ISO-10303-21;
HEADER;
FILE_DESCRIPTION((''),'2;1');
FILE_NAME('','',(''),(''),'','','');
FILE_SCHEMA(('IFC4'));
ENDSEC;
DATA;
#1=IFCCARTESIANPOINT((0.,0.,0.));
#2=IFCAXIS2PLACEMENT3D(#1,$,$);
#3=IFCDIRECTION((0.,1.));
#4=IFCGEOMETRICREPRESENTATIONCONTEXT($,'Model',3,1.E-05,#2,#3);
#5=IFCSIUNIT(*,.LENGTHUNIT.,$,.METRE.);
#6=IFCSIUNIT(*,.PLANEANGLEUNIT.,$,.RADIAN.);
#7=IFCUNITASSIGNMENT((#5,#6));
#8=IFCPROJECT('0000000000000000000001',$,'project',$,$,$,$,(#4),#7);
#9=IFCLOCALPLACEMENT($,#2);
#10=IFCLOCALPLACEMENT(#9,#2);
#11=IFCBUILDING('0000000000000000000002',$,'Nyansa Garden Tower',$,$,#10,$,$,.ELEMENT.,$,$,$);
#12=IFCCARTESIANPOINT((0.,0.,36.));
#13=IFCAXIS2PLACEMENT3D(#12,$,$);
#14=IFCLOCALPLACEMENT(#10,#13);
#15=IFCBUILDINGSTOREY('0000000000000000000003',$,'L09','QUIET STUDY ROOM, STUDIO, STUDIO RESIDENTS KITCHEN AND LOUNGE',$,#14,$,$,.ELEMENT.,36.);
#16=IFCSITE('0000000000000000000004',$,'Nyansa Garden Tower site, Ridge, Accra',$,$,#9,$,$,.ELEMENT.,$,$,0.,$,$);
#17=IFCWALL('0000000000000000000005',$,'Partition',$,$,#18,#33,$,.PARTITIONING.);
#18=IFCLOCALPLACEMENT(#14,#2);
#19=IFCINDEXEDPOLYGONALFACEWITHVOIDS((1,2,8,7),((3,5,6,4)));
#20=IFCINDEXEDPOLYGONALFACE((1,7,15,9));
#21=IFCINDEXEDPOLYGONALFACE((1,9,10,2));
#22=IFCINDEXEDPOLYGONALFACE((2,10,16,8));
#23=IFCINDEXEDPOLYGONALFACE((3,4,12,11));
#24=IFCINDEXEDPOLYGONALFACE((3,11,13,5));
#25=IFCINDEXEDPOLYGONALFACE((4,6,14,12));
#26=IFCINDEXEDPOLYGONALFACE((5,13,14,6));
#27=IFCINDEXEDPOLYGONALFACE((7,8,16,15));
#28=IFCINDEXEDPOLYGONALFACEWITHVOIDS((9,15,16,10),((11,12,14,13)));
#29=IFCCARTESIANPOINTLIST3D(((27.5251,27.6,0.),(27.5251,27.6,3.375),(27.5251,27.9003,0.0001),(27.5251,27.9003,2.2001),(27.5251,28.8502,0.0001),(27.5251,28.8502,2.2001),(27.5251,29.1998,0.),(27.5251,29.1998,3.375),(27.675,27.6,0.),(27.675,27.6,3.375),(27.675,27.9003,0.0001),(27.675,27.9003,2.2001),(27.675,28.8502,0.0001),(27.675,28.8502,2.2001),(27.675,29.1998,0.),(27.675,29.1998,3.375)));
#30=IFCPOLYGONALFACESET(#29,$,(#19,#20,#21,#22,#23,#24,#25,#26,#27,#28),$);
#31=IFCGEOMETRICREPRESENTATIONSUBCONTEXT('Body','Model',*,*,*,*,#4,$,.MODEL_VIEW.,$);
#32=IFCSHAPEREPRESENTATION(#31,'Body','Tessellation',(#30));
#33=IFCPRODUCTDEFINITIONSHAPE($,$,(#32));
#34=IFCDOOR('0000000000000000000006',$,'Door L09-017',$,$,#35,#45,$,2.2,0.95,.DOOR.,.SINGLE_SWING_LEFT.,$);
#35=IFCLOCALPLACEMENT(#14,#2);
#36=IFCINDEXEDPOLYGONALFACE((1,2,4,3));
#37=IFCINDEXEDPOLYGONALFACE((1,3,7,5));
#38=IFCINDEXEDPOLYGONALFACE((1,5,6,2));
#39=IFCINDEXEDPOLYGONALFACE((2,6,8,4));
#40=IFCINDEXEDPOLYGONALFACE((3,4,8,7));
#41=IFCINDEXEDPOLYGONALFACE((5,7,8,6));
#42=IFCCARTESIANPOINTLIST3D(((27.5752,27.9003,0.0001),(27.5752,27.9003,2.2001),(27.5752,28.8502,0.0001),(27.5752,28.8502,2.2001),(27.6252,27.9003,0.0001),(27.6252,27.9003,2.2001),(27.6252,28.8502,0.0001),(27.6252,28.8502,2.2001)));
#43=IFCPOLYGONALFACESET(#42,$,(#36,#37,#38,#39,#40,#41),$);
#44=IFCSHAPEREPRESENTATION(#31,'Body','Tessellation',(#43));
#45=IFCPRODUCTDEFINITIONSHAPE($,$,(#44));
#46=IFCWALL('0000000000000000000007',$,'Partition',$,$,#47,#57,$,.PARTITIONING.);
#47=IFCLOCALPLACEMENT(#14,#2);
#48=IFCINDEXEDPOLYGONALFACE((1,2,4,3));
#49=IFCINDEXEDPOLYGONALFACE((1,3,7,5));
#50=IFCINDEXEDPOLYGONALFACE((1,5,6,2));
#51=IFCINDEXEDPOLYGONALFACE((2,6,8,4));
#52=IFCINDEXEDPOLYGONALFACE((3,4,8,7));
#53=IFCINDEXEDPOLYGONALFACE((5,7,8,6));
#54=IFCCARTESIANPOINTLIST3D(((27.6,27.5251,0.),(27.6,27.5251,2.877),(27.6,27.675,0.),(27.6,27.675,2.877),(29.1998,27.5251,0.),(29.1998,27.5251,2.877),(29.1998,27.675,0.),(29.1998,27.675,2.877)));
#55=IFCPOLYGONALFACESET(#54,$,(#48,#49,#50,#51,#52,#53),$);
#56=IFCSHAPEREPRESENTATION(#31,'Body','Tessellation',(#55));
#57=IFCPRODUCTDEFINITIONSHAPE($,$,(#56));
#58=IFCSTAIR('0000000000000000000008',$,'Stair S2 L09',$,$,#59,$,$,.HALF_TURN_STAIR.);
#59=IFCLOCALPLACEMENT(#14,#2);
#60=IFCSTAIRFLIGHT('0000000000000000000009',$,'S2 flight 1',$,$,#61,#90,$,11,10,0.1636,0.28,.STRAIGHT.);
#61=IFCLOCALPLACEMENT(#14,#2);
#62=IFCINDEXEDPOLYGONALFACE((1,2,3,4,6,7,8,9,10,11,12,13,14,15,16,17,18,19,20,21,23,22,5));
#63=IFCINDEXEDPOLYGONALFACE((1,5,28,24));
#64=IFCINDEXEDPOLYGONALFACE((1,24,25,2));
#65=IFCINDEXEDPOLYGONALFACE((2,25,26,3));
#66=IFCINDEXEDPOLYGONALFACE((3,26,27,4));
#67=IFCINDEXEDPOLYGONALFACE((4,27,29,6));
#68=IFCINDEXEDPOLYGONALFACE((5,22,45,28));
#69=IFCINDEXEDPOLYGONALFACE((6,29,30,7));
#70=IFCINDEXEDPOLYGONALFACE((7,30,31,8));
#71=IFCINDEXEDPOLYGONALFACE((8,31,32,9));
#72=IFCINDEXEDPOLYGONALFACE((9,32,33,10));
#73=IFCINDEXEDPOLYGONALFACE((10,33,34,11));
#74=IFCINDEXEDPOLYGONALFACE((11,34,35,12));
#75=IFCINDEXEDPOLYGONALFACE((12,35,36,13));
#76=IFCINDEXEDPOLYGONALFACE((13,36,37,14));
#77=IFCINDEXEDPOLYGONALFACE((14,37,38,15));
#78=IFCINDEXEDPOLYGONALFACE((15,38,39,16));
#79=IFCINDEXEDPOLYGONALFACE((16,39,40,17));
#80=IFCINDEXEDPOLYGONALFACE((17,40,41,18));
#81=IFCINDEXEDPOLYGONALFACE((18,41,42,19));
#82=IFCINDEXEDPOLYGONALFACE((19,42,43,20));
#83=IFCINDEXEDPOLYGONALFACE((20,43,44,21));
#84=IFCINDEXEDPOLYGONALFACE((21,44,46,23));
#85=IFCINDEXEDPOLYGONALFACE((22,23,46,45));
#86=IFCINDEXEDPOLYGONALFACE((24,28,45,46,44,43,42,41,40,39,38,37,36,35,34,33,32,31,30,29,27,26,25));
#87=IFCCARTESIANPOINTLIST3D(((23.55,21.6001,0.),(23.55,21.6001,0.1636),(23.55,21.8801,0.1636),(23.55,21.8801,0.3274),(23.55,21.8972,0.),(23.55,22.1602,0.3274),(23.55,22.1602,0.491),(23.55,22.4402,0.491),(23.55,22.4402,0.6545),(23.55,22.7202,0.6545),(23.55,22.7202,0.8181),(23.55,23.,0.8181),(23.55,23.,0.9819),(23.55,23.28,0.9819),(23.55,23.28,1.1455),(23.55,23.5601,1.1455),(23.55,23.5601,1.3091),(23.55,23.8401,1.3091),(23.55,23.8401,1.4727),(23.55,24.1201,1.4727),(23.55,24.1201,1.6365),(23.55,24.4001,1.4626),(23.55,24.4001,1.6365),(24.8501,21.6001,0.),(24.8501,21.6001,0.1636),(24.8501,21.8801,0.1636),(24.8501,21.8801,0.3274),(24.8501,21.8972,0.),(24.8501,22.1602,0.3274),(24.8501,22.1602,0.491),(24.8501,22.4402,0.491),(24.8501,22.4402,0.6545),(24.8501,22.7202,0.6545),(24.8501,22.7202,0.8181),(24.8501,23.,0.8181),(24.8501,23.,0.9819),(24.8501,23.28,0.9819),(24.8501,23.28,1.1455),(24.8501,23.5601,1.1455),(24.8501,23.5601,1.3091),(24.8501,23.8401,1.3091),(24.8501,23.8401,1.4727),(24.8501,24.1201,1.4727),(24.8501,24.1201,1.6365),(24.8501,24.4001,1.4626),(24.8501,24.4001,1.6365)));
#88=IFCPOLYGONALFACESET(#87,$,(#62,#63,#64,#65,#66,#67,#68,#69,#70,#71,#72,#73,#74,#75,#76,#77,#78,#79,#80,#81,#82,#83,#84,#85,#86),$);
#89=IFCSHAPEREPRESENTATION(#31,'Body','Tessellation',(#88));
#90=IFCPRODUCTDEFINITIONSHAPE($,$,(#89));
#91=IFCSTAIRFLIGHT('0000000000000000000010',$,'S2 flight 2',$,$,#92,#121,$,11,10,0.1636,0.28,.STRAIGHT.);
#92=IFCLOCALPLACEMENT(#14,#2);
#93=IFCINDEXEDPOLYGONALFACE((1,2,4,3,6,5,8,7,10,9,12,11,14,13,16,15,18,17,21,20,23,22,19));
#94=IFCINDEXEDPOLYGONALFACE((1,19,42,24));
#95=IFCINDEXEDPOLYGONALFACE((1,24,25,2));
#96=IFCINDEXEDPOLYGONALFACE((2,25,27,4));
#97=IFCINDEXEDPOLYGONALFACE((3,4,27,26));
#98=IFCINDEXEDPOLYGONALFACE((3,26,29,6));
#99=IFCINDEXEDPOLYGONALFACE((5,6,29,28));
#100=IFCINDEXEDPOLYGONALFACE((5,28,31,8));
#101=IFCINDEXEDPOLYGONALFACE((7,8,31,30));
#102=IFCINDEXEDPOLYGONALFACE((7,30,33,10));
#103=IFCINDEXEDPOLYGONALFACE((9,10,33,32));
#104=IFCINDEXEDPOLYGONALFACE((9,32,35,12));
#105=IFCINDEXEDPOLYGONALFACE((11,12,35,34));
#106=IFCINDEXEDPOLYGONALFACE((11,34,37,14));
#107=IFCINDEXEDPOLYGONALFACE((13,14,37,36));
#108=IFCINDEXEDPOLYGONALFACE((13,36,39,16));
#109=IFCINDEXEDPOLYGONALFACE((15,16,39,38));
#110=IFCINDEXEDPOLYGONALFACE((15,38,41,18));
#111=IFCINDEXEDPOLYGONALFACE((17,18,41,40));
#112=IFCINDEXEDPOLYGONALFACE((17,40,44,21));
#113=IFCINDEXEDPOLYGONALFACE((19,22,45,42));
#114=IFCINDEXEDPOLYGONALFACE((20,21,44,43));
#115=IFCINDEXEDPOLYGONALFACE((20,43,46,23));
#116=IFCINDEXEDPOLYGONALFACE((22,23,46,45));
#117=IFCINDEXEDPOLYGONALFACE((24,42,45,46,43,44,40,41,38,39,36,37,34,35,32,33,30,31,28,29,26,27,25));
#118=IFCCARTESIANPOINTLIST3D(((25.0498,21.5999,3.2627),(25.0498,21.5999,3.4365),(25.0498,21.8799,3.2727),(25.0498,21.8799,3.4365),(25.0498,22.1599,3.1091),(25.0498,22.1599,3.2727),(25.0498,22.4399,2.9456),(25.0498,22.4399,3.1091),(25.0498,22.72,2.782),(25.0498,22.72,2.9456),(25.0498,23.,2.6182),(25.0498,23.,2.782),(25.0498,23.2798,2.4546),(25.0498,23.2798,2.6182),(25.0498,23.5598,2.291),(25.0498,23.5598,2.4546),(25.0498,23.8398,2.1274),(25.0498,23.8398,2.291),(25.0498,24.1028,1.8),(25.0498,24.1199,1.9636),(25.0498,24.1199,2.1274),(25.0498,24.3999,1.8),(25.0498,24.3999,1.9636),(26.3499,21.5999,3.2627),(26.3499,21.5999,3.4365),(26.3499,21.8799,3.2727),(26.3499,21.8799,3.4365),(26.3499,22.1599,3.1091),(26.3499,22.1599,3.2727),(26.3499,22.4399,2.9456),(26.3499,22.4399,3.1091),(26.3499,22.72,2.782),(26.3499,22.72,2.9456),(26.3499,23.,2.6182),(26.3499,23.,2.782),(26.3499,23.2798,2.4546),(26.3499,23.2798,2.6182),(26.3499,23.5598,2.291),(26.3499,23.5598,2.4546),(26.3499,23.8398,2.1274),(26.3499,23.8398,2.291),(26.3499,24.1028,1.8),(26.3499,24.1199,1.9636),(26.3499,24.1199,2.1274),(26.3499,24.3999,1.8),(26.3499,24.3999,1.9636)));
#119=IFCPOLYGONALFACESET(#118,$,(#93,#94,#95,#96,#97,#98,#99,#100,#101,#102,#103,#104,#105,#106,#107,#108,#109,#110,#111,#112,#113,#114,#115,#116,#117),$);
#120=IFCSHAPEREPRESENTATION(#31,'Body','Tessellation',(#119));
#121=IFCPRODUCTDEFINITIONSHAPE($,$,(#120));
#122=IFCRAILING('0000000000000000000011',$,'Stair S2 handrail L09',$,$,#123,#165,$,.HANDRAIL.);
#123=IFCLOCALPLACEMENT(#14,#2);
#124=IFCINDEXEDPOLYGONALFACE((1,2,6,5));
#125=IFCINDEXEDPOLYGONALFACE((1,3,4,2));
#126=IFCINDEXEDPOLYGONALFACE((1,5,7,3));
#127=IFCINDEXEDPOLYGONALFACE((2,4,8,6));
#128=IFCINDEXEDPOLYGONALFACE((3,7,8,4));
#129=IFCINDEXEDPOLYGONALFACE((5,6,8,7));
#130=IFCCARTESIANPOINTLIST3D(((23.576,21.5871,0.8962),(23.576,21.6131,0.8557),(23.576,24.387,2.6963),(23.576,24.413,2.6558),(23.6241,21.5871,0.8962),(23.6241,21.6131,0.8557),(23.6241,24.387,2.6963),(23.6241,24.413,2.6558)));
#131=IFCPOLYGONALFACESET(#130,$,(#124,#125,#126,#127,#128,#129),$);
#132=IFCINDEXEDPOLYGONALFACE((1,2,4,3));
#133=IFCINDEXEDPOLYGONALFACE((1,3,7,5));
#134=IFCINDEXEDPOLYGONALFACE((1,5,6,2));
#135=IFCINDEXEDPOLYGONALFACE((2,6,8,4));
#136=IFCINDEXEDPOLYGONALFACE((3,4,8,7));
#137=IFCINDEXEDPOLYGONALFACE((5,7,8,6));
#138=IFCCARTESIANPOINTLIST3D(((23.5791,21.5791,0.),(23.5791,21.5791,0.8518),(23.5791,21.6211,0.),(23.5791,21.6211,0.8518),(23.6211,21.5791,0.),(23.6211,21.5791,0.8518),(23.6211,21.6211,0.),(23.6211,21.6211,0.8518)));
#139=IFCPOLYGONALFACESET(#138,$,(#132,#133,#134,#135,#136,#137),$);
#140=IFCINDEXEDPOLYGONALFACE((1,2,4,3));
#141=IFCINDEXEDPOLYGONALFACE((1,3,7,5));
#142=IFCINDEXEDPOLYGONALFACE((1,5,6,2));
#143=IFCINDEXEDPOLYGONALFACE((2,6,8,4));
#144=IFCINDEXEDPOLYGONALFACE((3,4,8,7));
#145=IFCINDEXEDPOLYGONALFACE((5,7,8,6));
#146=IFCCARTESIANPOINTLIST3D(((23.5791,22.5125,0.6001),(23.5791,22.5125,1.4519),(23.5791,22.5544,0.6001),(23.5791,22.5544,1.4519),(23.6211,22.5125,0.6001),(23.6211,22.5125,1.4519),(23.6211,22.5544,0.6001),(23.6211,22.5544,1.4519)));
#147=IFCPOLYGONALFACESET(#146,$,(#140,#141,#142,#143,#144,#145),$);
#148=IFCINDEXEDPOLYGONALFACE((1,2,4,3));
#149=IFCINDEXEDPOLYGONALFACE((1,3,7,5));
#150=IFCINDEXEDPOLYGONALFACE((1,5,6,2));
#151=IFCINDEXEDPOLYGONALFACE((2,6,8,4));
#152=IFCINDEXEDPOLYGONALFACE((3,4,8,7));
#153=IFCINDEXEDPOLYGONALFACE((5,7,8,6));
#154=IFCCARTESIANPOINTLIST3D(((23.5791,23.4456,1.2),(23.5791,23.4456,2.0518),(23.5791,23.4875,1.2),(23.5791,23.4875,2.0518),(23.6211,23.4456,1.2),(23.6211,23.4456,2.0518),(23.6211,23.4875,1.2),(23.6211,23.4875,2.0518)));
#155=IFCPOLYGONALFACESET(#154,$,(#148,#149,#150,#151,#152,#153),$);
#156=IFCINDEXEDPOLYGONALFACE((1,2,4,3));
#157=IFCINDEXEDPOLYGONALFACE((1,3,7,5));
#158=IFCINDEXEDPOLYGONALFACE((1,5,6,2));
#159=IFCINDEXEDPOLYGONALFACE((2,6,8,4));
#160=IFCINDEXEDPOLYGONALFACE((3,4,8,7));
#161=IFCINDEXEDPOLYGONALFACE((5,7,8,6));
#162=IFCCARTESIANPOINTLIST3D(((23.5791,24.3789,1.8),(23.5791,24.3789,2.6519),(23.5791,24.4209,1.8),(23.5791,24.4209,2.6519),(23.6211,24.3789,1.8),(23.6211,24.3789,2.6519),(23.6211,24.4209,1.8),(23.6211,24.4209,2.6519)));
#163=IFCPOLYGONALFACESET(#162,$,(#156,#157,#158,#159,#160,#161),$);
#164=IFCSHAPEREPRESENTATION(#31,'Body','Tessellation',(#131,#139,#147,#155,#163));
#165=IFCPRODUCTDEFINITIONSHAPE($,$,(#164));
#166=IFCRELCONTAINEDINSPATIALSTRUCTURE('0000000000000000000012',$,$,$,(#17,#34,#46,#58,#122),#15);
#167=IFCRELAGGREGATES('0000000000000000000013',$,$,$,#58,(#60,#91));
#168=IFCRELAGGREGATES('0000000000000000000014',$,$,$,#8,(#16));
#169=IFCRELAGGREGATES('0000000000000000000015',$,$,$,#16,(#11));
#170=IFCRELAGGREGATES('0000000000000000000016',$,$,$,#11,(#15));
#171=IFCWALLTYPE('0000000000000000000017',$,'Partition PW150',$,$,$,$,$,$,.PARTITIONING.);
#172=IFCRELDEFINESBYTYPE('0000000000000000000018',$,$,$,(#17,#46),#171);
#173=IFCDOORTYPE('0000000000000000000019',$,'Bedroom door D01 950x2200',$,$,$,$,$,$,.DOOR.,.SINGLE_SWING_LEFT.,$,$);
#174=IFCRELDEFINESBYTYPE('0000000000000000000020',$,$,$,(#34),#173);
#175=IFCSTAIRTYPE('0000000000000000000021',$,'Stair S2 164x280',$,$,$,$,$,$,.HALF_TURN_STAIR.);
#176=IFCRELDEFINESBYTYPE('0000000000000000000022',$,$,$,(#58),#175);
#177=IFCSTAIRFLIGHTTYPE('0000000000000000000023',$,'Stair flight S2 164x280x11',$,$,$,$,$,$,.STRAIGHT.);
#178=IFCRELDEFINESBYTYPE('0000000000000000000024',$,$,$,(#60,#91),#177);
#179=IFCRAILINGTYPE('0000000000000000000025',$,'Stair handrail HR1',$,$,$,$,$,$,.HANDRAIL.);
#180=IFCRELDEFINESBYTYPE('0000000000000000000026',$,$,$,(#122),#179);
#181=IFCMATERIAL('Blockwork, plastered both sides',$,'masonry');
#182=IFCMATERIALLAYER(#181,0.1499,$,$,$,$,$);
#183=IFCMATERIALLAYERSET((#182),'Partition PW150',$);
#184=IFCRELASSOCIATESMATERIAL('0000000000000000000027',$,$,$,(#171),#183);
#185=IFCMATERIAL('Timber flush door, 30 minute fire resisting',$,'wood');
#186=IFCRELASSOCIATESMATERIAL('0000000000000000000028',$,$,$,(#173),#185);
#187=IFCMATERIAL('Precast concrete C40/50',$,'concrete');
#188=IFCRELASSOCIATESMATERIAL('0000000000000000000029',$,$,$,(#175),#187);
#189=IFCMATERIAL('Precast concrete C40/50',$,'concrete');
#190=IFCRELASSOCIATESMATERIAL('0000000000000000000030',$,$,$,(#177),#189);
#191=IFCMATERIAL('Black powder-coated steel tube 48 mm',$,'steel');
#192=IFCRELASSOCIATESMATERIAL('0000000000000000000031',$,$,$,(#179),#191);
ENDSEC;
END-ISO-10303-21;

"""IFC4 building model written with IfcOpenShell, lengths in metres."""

from ifc_helpers import new_model, si_unit, direction, frame, frame_2d, origin, origin_2d, place, context, subcontext, project, spatial, polyline, rectangle, outline, extrude, material, layer, layer_set, type_object, element, fill, aggregate, save


model = new_model("IFC4")

# Units and contexts
model_context = context("Model", 3, precision=1e-05, world=origin(), true_north=direction((0.0, 1.0)))
body_context = subcontext(model_context, "Body", "Model", "MODEL_VIEW")
ifc_project = project(units=[si_unit("LENGTHUNIT", "METRE"), si_unit("PLANEANGLEUNIT", "RADIAN")], contexts=[model_context])

# Site, building, storey
site_placement = place(None, origin())
site = spatial("IfcSite", under=ifc_project, at=site_placement, Name="Nyansa Garden Tower site, Ridge, Accra", CompositionType="ELEMENT", RefElevation=0.0)
building_placement = place(site_placement, origin())
building = spatial("IfcBuilding", under=site, at=building_placement, Name="Nyansa Garden Tower", CompositionType="ELEMENT")
storey_placement = place(building_placement, frame((0.0, 0.0, 36.0)))
storey = spatial("IfcBuildingStorey", under=building, at=storey_placement, Name="L09", Description="QUIET STUDY ROOM, STUDIO, STUDIO RESIDENTS KITCHEN AND LOUNGE", CompositionType="ELEMENT", Elevation=36.0)

# Shared definitions
ifc_material_1 = material(Name="Blockwork, plastered both sides", Category="masonry")
ifc_layer_1 = layer(ifc_material_1, 0.1499)
ifc_layer_set_1 = layer_set([ifc_layer_1], Name="Partition PW150")
wall_type_1 = type_object("IfcWallType", Name="Partition PW150", PredefinedType="PARTITIONING", material=ifc_layer_set_1)

# Wall, opening, door
wall_1_placement = place(storey_placement, frame((27.6001, 27.6001, 0.0), z_axis=(0.0, 0.0, 1.0), x_axis=(0.0, 1.0, 0.0)))
wall_1 = element("IfcWall", 1, at=wall_1_placement, inside=storey, type_object=wall_type_1, Name="Partition", PredefinedType="PARTITIONING", context=body_context, shape_type="SweptSolid", body=[
    extrude(rectangle(XDim=1.5999, YDim=0.1499, at=frame_2d((0.7998, 0.0))), origin(), (0.0, 0.0, 1.0), 3.375),
])
opening_1_placement = place(wall_1_placement, frame((0.3, 0.0, 0.0)))
opening_1 = element("IfcOpeningElement", 2, at=opening_1_placement, cuts=wall_1, PredefinedType="OPENING", context=body_context, shape_type="SweptSolid", body=[
    extrude(rectangle(XDim=0.95, YDim=2.2, at=frame_2d((0.4751, 1.1001))), frame((0.0, 0.085, 0.0), z_axis=(0.0, -1.0, 0.0), x_axis=(1.0, 0.0, 0.0)), (0.0, 0.0, 1.0), 0.1699),
])
ifc_material_2 = material(Name="Timber flush door, 30 minute fire resisting", Category="wood")
door_type_1 = type_object("IfcDoorType", Name="Bedroom door D01 950x2200", OperationType="SINGLE_SWING_LEFT", PredefinedType="DOOR", material=ifc_material_2)
door_1_placement = place(opening_1_placement, origin())
door_1 = element("IfcDoor", 3, at=door_1_placement, inside=storey, type_object=door_type_1, Name="Door L09-017", OperationType="SINGLE_SWING_LEFT", OverallHeight=2.2, OverallWidth=0.95, PredefinedType="DOOR", context=body_context, shape_type="SweptSolid", body=[
    extrude(rectangle(XDim=0.95, YDim=2.2, at=frame_2d((0.4751, 1.1001))), frame((0.0, 0.0249, 0.0), z_axis=(0.0, -1.0, 0.0), x_axis=(1.0, 0.0, 0.0)), (0.0, 0.0, 1.0), 0.05),
])
fill(opening_1, door_1)

# Wall
wall_2_placement = place(storey_placement, frame((27.6001, 27.6001, 0.0), z_axis=(0.0, 0.0, 1.0), x_axis=(1.0, 0.0, 0.0)))
element("IfcWall", 4, at=wall_2_placement, inside=storey, type_object=wall_type_1, Name="Partition", PredefinedType="PARTITIONING", context=body_context, shape_type="SweptSolid", body=[
    extrude(rectangle(XDim=1.5999, YDim=0.1499, at=frame_2d((0.7998, 0.0))), origin(), (0.0, 0.0, 1.0), 2.877),
])

# Stair, stair flights
ifc_material_3 = material(Name="Precast concrete C40/50", Category="concrete")
stair_type = type_object("IfcStairType", Name="Stair S2 164x280", PredefinedType="HALF_TURN_STAIR", material=ifc_material_3)
stair_placement = place(storey_placement, origin())
stair = element("IfcStair", 5, at=stair_placement, inside=storey, type_object=stair_type, Name="Stair S2 L09", PredefinedType="HALF_TURN_STAIR")
ifc_material_4 = material(Name="Precast concrete C40/50", Category="concrete")
stair_flight_type = type_object("IfcStairFlightType", Name="Stair flight S2 164x280x11", PredefinedType="STRAIGHT", material=ifc_material_4)
stair_flight_1_placement = place(storey_placement, frame((24.2, 21.6001, 0.0), z_axis=(0.0, 0.0, 1.0), x_axis=(0.0, 1.0, 0.0)))
stair_flight_1 = element("IfcStairFlight", 6, at=stair_flight_1_placement, type_object=stair_flight_type, Name="S2 flight 1", NumberOfRisers=11, NumberOfTreads=10, PredefinedType="STRAIGHT", RiserHeight=0.1636, TreadLength=0.28, context=body_context, shape_type="SweptSolid", body=[
    extrude(outline(polyline([(0.0, 0.0), (0.0, 0.1636), (0.28, 0.1636), (0.28, 0.3274), (0.5601, 0.3274), (0.5601, 0.491), (0.8401, 0.491), (0.8401, 0.6545), (1.1201, 0.6545), (1.1201, 0.8181), (1.3999, 0.8181), (1.3999, 0.9819), (1.6799, 0.9819), (1.6799, 1.1455), (1.96, 1.1455), (1.96, 1.3091), (2.24, 1.3091), (2.24, 1.4727), (2.52, 1.4727), (2.52, 1.6365), (2.8, 1.6365), (2.8, 1.8), (2.8, 1.4626), (0.2971, 0.0), (0.0, 0.0)])), frame((0.0, 0.6499, 0.0), z_axis=(0.0, -1.0, 0.0), x_axis=(1.0, 0.0, 0.0)), (0.0, 0.0, 1.0), 1.3),
])
stair_flight_2_placement = place(storey_placement, frame((25.7, 24.3999, 1.8), z_axis=(0.0, 0.0, 1.0), x_axis=(0.0, -1.0, 0.0)))
stair_flight_2 = element("IfcStairFlight", 7, at=stair_flight_2_placement, type_object=stair_flight_type, Name="S2 flight 2", NumberOfRisers=11, NumberOfTreads=10, PredefinedType="STRAIGHT", RiserHeight=0.1636, TreadLength=0.28, context=body_context, shape_type="SweptSolid", body=[
    extrude(outline(polyline([(0.0, 0.0), (0.0, 0.1636), (0.28, 0.1636), (0.28, 0.3274), (0.5601, 0.3274), (0.5601, 0.491), (0.8401, 0.491), (0.8401, 0.6545), (1.1201, 0.6545), (1.1201, 0.8181), (1.3999, 0.8181), (1.3999, 0.9819), (1.6799, 0.9819), (1.6799, 1.1455), (1.96, 1.1455), (1.96, 1.3091), (2.24, 1.3091), (2.24, 1.4727), (2.52, 1.4727), (2.52, 1.6365), (2.8, 1.6365), (2.8, 1.8), (2.8, 1.4626), (0.2971, 0.0), (0.0, 0.0)])), frame((0.0, 0.6499, 0.0), z_axis=(0.0, -1.0, 0.0), x_axis=(1.0, 0.0, 0.0)), (0.0, 0.0, 1.0), 1.3),
])
aggregate(stair, [stair_flight_1, stair_flight_2])

# Railing
ifc_material_5 = material(Name="Black powder-coated steel tube 48 mm", Category="steel")
railing_type = type_object("IfcRailingType", Name="Stair handrail HR1", PredefinedType="HANDRAIL", material=ifc_material_5)
railing_1_placement = place(storey_placement, frame((23.6001, 21.6001, 0.0)))
element("IfcRailing", 8, at=railing_1_placement, inside=storey, type_object=railing_type, Name="Stair S2 handrail L09", PredefinedType="HANDRAIL", context=body_context, shape_type="SweptSolid", body=[
    extrude(rectangle(XDim=0.0481, YDim=0.0481, at=origin_2d()), frame((0.0, 0.0, 0.876), z_axis=(0.0, 0.841155, 0.540795), x_axis=(-1.0, 0.0, 0.0)), (0.0, 0.0, 1.0), 3.3286),
    extrude(rectangle(XDim=0.042, YDim=0.042, at=origin_2d()), origin(), (0.0, 0.0, 1.0), 0.8518),
    extrude(rectangle(XDim=0.042, YDim=0.042, at=origin_2d()), frame((0.0, 0.9333, 0.6001)), (0.0, 0.0, 1.0), 0.8518),
    extrude(rectangle(XDim=0.042, YDim=0.042, at=origin_2d()), frame((0.0, 1.8665, 1.2)), (0.0, 0.0, 1.0), 0.8518),
    extrude(rectangle(XDim=0.042, YDim=0.042, at=origin_2d()), frame((0.0, 2.7998, 1.8)), (0.0, 0.0, 1.0), 0.8518),
])

save(model, "model.ifc")
